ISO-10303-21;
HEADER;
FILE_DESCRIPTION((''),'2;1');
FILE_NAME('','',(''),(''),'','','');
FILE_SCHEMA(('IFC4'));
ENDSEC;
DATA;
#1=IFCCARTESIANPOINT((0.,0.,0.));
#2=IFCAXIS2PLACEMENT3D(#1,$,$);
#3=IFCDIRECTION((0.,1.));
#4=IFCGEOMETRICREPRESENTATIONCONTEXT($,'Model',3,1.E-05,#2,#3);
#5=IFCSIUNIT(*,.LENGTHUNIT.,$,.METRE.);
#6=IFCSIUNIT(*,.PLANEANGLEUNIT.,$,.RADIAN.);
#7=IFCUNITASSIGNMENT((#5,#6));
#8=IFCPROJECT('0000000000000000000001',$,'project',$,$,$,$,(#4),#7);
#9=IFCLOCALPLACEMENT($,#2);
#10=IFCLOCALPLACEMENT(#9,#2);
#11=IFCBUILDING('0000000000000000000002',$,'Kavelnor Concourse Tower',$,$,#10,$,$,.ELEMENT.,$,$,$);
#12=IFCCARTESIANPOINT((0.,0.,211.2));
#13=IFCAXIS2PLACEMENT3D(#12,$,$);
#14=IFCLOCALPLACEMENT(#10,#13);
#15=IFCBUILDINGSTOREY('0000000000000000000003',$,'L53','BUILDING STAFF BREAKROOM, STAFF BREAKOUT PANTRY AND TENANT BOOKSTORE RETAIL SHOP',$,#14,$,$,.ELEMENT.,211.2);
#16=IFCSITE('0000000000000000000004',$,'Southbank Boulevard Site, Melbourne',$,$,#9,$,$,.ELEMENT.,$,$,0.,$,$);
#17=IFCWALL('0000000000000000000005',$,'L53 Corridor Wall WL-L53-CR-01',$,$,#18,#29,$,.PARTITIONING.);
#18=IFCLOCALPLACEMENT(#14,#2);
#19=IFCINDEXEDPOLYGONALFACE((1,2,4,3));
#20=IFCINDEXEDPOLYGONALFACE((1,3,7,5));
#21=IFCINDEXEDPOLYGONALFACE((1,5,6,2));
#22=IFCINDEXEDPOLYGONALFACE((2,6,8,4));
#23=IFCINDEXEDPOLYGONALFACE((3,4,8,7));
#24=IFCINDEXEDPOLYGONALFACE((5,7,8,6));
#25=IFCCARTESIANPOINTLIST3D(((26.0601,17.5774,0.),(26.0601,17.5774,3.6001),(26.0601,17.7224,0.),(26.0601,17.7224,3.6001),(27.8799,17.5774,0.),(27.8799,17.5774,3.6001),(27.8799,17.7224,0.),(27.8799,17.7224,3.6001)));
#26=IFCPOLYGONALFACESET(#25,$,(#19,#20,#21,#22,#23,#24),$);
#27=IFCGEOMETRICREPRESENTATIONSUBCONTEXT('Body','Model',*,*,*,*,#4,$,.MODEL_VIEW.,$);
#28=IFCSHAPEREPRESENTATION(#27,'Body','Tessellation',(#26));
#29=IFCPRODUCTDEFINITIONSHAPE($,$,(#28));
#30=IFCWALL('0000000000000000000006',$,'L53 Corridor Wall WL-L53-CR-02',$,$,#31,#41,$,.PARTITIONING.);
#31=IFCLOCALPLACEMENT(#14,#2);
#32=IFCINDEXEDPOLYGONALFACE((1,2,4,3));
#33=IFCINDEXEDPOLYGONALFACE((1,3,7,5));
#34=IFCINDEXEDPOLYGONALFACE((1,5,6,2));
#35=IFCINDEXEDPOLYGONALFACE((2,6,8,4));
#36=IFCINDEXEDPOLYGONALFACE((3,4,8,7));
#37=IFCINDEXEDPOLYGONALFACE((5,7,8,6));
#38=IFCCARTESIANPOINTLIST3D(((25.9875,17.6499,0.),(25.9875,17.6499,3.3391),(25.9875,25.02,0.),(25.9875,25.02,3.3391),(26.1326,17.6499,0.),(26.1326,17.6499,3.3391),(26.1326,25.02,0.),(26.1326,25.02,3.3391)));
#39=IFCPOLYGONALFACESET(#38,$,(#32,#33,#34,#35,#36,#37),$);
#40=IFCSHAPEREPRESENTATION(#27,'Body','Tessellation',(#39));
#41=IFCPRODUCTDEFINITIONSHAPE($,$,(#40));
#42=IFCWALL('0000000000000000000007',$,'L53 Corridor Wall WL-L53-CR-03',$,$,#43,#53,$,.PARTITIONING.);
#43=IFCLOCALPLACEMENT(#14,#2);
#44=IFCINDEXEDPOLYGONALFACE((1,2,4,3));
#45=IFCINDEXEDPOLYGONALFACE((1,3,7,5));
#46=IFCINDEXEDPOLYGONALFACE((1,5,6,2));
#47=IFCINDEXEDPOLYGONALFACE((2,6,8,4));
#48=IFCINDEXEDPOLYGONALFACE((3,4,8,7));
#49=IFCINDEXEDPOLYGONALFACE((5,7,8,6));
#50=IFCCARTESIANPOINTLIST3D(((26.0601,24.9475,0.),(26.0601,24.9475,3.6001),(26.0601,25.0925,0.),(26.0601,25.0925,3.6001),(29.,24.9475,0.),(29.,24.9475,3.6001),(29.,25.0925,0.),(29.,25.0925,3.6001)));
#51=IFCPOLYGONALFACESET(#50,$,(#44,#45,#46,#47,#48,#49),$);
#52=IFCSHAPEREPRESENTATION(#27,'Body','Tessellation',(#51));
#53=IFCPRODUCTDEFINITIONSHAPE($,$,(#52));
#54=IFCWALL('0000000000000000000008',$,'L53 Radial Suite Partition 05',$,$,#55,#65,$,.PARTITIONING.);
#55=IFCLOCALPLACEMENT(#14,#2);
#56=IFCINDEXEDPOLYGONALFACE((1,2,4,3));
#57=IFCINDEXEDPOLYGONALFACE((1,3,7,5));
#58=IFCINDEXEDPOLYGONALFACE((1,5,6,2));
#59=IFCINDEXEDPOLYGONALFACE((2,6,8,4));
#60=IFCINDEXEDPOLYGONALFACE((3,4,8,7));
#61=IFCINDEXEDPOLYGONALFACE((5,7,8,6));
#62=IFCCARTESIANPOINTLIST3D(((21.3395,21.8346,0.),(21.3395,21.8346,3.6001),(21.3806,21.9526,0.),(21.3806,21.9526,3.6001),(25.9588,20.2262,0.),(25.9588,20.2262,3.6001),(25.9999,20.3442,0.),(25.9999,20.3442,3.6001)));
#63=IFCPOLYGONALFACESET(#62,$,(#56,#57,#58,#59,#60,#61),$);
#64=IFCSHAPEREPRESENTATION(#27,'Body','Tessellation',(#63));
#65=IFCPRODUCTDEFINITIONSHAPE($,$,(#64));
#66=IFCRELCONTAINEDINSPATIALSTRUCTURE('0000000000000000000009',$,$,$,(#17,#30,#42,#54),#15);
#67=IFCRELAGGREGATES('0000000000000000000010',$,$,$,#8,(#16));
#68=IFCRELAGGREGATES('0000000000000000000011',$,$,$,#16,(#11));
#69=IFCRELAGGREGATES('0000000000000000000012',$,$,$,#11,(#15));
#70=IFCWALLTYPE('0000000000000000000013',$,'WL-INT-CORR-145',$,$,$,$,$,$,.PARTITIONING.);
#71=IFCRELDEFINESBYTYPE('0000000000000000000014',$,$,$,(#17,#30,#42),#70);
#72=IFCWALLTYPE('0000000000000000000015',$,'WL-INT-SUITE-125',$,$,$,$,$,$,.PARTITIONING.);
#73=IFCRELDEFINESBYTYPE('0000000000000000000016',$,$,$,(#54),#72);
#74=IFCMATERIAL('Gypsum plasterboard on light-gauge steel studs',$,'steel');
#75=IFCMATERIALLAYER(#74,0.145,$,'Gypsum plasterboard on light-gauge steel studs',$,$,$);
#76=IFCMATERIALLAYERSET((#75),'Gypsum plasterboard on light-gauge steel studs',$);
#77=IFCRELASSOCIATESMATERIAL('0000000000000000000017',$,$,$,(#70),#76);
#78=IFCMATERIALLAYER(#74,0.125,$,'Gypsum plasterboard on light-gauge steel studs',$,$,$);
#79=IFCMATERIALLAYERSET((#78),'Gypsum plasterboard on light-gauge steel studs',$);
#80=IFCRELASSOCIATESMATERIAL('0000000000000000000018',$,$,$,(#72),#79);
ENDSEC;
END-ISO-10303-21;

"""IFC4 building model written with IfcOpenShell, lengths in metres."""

from ifc_helpers import new_model, si_unit, direction, frame, frame_2d, origin, place, context, subcontext, project, spatial, rectangle, extrude, material, layer, layer_set, type_object, element, save


model = new_model("IFC4")

# Units and contexts
model_context = context("Model", 3, precision=1e-05, world=origin(), true_north=direction((0.0, 1.0)))
body_context = subcontext(model_context, "Body", "Model", "MODEL_VIEW")
ifc_project = project(units=[si_unit("LENGTHUNIT", "METRE"), si_unit("PLANEANGLEUNIT", "RADIAN")], contexts=[model_context])

# Site, building, storey
site_placement = place(None, origin())
site = spatial("IfcSite", under=ifc_project, at=site_placement, Name="Southbank Boulevard Site, Melbourne", CompositionType="ELEMENT", RefElevation=0.0)
building_placement = place(site_placement, origin())
building = spatial("IfcBuilding", under=site, at=building_placement, Name="Kavelnor Concourse Tower", CompositionType="ELEMENT")
storey_placement = place(building_placement, frame((0.0, 0.0, 211.2)))
storey = spatial("IfcBuildingStorey", under=building, at=storey_placement, Name="L53", Description="BUILDING STAFF BREAKROOM, STAFF BREAKOUT PANTRY AND TENANT BOOKSTORE RETAIL SHOP", CompositionType="ELEMENT", Elevation=211.2)

# Walls
ifc_material_1 = material(Name="Gypsum plasterboard on light-gauge steel studs", Category="steel")
ifc_layer_1 = layer(ifc_material_1, 0.145, Name="Gypsum plasterboard on light-gauge steel studs")
ifc_layer_set_1 = layer_set([ifc_layer_1], Name="Gypsum plasterboard on light-gauge steel studs")
wall_type_1 = type_object("IfcWallType", Name="WL-INT-CORR-145", PredefinedType="PARTITIONING", material=ifc_layer_set_1)
wall_1_placement = place(storey_placement, frame((27.8799, 17.6499, 0.0), z_axis=(0.0, 0.0, 1.0), x_axis=(-1.0, 0.0, 0.0)))
element("IfcWall", 1, at=wall_1_placement, inside=storey, type_object=wall_type_1, Name="L53 Corridor Wall WL-L53-CR-01", PredefinedType="PARTITIONING", context=body_context, shape_type="SweptSolid", body=[
    extrude(rectangle(XDim=1.8198, YDim=0.145, at=frame_2d((0.9099, 0.0))), origin(), (0.0, 0.0, 1.0), 3.6001),
])
wall_2_placement = place(storey_placement, frame((26.0601, 17.6499, 0.0), z_axis=(0.0, 0.0, 1.0), x_axis=(0.0, 1.0, 0.0)))
element("IfcWall", 2, at=wall_2_placement, inside=storey, type_object=wall_type_1, Name="L53 Corridor Wall WL-L53-CR-02", PredefinedType="PARTITIONING", context=body_context, shape_type="SweptSolid", body=[
    extrude(rectangle(XDim=7.3701, YDim=0.145, at=frame_2d((3.6851, 0.0))), origin(), (0.0, 0.0, 1.0), 3.3391),
])
wall_3_placement = place(storey_placement, frame((26.0601, 25.02, 0.0), z_axis=(0.0, 0.0, 1.0), x_axis=(1.0, 0.0, 0.0)))
element("IfcWall", 3, at=wall_3_placement, inside=storey, type_object=wall_type_1, Name="L53 Corridor Wall WL-L53-CR-03", PredefinedType="PARTITIONING", context=body_context, shape_type="SweptSolid", body=[
    extrude(rectangle(XDim=2.9399, YDim=0.145, at=frame_2d((1.47, 0.0))), origin(), (0.0, 0.0, 1.0), 3.6001),
])
ifc_layer_2 = layer(ifc_material_1, 0.125, Name="Gypsum plasterboard on light-gauge steel studs")
ifc_layer_set_2 = layer_set([ifc_layer_2], Name="Gypsum plasterboard on light-gauge steel studs")
wall_type_2 = type_object("IfcWallType", Name="WL-INT-SUITE-125", PredefinedType="PARTITIONING", material=ifc_layer_set_2)
wall_4_placement = place(storey_placement, frame((25.9795, 20.2852, 0.0), z_axis=(0.0, 0.0, 1.0), x_axis=(-0.944392, 0.328823, 0.0)))
element("IfcWall", 4, at=wall_4_placement, inside=storey, type_object=wall_type_2, Name="L53 Radial Suite Partition 05", PredefinedType="PARTITIONING", context=body_context, shape_type="SweptSolid", body=[
    extrude(rectangle(XDim=4.8914, YDim=0.125, at=frame_2d((2.4458, 0.0))), origin(), (0.0, 0.0, 1.0), 3.6001),
])

save(model, "model.ifc")
